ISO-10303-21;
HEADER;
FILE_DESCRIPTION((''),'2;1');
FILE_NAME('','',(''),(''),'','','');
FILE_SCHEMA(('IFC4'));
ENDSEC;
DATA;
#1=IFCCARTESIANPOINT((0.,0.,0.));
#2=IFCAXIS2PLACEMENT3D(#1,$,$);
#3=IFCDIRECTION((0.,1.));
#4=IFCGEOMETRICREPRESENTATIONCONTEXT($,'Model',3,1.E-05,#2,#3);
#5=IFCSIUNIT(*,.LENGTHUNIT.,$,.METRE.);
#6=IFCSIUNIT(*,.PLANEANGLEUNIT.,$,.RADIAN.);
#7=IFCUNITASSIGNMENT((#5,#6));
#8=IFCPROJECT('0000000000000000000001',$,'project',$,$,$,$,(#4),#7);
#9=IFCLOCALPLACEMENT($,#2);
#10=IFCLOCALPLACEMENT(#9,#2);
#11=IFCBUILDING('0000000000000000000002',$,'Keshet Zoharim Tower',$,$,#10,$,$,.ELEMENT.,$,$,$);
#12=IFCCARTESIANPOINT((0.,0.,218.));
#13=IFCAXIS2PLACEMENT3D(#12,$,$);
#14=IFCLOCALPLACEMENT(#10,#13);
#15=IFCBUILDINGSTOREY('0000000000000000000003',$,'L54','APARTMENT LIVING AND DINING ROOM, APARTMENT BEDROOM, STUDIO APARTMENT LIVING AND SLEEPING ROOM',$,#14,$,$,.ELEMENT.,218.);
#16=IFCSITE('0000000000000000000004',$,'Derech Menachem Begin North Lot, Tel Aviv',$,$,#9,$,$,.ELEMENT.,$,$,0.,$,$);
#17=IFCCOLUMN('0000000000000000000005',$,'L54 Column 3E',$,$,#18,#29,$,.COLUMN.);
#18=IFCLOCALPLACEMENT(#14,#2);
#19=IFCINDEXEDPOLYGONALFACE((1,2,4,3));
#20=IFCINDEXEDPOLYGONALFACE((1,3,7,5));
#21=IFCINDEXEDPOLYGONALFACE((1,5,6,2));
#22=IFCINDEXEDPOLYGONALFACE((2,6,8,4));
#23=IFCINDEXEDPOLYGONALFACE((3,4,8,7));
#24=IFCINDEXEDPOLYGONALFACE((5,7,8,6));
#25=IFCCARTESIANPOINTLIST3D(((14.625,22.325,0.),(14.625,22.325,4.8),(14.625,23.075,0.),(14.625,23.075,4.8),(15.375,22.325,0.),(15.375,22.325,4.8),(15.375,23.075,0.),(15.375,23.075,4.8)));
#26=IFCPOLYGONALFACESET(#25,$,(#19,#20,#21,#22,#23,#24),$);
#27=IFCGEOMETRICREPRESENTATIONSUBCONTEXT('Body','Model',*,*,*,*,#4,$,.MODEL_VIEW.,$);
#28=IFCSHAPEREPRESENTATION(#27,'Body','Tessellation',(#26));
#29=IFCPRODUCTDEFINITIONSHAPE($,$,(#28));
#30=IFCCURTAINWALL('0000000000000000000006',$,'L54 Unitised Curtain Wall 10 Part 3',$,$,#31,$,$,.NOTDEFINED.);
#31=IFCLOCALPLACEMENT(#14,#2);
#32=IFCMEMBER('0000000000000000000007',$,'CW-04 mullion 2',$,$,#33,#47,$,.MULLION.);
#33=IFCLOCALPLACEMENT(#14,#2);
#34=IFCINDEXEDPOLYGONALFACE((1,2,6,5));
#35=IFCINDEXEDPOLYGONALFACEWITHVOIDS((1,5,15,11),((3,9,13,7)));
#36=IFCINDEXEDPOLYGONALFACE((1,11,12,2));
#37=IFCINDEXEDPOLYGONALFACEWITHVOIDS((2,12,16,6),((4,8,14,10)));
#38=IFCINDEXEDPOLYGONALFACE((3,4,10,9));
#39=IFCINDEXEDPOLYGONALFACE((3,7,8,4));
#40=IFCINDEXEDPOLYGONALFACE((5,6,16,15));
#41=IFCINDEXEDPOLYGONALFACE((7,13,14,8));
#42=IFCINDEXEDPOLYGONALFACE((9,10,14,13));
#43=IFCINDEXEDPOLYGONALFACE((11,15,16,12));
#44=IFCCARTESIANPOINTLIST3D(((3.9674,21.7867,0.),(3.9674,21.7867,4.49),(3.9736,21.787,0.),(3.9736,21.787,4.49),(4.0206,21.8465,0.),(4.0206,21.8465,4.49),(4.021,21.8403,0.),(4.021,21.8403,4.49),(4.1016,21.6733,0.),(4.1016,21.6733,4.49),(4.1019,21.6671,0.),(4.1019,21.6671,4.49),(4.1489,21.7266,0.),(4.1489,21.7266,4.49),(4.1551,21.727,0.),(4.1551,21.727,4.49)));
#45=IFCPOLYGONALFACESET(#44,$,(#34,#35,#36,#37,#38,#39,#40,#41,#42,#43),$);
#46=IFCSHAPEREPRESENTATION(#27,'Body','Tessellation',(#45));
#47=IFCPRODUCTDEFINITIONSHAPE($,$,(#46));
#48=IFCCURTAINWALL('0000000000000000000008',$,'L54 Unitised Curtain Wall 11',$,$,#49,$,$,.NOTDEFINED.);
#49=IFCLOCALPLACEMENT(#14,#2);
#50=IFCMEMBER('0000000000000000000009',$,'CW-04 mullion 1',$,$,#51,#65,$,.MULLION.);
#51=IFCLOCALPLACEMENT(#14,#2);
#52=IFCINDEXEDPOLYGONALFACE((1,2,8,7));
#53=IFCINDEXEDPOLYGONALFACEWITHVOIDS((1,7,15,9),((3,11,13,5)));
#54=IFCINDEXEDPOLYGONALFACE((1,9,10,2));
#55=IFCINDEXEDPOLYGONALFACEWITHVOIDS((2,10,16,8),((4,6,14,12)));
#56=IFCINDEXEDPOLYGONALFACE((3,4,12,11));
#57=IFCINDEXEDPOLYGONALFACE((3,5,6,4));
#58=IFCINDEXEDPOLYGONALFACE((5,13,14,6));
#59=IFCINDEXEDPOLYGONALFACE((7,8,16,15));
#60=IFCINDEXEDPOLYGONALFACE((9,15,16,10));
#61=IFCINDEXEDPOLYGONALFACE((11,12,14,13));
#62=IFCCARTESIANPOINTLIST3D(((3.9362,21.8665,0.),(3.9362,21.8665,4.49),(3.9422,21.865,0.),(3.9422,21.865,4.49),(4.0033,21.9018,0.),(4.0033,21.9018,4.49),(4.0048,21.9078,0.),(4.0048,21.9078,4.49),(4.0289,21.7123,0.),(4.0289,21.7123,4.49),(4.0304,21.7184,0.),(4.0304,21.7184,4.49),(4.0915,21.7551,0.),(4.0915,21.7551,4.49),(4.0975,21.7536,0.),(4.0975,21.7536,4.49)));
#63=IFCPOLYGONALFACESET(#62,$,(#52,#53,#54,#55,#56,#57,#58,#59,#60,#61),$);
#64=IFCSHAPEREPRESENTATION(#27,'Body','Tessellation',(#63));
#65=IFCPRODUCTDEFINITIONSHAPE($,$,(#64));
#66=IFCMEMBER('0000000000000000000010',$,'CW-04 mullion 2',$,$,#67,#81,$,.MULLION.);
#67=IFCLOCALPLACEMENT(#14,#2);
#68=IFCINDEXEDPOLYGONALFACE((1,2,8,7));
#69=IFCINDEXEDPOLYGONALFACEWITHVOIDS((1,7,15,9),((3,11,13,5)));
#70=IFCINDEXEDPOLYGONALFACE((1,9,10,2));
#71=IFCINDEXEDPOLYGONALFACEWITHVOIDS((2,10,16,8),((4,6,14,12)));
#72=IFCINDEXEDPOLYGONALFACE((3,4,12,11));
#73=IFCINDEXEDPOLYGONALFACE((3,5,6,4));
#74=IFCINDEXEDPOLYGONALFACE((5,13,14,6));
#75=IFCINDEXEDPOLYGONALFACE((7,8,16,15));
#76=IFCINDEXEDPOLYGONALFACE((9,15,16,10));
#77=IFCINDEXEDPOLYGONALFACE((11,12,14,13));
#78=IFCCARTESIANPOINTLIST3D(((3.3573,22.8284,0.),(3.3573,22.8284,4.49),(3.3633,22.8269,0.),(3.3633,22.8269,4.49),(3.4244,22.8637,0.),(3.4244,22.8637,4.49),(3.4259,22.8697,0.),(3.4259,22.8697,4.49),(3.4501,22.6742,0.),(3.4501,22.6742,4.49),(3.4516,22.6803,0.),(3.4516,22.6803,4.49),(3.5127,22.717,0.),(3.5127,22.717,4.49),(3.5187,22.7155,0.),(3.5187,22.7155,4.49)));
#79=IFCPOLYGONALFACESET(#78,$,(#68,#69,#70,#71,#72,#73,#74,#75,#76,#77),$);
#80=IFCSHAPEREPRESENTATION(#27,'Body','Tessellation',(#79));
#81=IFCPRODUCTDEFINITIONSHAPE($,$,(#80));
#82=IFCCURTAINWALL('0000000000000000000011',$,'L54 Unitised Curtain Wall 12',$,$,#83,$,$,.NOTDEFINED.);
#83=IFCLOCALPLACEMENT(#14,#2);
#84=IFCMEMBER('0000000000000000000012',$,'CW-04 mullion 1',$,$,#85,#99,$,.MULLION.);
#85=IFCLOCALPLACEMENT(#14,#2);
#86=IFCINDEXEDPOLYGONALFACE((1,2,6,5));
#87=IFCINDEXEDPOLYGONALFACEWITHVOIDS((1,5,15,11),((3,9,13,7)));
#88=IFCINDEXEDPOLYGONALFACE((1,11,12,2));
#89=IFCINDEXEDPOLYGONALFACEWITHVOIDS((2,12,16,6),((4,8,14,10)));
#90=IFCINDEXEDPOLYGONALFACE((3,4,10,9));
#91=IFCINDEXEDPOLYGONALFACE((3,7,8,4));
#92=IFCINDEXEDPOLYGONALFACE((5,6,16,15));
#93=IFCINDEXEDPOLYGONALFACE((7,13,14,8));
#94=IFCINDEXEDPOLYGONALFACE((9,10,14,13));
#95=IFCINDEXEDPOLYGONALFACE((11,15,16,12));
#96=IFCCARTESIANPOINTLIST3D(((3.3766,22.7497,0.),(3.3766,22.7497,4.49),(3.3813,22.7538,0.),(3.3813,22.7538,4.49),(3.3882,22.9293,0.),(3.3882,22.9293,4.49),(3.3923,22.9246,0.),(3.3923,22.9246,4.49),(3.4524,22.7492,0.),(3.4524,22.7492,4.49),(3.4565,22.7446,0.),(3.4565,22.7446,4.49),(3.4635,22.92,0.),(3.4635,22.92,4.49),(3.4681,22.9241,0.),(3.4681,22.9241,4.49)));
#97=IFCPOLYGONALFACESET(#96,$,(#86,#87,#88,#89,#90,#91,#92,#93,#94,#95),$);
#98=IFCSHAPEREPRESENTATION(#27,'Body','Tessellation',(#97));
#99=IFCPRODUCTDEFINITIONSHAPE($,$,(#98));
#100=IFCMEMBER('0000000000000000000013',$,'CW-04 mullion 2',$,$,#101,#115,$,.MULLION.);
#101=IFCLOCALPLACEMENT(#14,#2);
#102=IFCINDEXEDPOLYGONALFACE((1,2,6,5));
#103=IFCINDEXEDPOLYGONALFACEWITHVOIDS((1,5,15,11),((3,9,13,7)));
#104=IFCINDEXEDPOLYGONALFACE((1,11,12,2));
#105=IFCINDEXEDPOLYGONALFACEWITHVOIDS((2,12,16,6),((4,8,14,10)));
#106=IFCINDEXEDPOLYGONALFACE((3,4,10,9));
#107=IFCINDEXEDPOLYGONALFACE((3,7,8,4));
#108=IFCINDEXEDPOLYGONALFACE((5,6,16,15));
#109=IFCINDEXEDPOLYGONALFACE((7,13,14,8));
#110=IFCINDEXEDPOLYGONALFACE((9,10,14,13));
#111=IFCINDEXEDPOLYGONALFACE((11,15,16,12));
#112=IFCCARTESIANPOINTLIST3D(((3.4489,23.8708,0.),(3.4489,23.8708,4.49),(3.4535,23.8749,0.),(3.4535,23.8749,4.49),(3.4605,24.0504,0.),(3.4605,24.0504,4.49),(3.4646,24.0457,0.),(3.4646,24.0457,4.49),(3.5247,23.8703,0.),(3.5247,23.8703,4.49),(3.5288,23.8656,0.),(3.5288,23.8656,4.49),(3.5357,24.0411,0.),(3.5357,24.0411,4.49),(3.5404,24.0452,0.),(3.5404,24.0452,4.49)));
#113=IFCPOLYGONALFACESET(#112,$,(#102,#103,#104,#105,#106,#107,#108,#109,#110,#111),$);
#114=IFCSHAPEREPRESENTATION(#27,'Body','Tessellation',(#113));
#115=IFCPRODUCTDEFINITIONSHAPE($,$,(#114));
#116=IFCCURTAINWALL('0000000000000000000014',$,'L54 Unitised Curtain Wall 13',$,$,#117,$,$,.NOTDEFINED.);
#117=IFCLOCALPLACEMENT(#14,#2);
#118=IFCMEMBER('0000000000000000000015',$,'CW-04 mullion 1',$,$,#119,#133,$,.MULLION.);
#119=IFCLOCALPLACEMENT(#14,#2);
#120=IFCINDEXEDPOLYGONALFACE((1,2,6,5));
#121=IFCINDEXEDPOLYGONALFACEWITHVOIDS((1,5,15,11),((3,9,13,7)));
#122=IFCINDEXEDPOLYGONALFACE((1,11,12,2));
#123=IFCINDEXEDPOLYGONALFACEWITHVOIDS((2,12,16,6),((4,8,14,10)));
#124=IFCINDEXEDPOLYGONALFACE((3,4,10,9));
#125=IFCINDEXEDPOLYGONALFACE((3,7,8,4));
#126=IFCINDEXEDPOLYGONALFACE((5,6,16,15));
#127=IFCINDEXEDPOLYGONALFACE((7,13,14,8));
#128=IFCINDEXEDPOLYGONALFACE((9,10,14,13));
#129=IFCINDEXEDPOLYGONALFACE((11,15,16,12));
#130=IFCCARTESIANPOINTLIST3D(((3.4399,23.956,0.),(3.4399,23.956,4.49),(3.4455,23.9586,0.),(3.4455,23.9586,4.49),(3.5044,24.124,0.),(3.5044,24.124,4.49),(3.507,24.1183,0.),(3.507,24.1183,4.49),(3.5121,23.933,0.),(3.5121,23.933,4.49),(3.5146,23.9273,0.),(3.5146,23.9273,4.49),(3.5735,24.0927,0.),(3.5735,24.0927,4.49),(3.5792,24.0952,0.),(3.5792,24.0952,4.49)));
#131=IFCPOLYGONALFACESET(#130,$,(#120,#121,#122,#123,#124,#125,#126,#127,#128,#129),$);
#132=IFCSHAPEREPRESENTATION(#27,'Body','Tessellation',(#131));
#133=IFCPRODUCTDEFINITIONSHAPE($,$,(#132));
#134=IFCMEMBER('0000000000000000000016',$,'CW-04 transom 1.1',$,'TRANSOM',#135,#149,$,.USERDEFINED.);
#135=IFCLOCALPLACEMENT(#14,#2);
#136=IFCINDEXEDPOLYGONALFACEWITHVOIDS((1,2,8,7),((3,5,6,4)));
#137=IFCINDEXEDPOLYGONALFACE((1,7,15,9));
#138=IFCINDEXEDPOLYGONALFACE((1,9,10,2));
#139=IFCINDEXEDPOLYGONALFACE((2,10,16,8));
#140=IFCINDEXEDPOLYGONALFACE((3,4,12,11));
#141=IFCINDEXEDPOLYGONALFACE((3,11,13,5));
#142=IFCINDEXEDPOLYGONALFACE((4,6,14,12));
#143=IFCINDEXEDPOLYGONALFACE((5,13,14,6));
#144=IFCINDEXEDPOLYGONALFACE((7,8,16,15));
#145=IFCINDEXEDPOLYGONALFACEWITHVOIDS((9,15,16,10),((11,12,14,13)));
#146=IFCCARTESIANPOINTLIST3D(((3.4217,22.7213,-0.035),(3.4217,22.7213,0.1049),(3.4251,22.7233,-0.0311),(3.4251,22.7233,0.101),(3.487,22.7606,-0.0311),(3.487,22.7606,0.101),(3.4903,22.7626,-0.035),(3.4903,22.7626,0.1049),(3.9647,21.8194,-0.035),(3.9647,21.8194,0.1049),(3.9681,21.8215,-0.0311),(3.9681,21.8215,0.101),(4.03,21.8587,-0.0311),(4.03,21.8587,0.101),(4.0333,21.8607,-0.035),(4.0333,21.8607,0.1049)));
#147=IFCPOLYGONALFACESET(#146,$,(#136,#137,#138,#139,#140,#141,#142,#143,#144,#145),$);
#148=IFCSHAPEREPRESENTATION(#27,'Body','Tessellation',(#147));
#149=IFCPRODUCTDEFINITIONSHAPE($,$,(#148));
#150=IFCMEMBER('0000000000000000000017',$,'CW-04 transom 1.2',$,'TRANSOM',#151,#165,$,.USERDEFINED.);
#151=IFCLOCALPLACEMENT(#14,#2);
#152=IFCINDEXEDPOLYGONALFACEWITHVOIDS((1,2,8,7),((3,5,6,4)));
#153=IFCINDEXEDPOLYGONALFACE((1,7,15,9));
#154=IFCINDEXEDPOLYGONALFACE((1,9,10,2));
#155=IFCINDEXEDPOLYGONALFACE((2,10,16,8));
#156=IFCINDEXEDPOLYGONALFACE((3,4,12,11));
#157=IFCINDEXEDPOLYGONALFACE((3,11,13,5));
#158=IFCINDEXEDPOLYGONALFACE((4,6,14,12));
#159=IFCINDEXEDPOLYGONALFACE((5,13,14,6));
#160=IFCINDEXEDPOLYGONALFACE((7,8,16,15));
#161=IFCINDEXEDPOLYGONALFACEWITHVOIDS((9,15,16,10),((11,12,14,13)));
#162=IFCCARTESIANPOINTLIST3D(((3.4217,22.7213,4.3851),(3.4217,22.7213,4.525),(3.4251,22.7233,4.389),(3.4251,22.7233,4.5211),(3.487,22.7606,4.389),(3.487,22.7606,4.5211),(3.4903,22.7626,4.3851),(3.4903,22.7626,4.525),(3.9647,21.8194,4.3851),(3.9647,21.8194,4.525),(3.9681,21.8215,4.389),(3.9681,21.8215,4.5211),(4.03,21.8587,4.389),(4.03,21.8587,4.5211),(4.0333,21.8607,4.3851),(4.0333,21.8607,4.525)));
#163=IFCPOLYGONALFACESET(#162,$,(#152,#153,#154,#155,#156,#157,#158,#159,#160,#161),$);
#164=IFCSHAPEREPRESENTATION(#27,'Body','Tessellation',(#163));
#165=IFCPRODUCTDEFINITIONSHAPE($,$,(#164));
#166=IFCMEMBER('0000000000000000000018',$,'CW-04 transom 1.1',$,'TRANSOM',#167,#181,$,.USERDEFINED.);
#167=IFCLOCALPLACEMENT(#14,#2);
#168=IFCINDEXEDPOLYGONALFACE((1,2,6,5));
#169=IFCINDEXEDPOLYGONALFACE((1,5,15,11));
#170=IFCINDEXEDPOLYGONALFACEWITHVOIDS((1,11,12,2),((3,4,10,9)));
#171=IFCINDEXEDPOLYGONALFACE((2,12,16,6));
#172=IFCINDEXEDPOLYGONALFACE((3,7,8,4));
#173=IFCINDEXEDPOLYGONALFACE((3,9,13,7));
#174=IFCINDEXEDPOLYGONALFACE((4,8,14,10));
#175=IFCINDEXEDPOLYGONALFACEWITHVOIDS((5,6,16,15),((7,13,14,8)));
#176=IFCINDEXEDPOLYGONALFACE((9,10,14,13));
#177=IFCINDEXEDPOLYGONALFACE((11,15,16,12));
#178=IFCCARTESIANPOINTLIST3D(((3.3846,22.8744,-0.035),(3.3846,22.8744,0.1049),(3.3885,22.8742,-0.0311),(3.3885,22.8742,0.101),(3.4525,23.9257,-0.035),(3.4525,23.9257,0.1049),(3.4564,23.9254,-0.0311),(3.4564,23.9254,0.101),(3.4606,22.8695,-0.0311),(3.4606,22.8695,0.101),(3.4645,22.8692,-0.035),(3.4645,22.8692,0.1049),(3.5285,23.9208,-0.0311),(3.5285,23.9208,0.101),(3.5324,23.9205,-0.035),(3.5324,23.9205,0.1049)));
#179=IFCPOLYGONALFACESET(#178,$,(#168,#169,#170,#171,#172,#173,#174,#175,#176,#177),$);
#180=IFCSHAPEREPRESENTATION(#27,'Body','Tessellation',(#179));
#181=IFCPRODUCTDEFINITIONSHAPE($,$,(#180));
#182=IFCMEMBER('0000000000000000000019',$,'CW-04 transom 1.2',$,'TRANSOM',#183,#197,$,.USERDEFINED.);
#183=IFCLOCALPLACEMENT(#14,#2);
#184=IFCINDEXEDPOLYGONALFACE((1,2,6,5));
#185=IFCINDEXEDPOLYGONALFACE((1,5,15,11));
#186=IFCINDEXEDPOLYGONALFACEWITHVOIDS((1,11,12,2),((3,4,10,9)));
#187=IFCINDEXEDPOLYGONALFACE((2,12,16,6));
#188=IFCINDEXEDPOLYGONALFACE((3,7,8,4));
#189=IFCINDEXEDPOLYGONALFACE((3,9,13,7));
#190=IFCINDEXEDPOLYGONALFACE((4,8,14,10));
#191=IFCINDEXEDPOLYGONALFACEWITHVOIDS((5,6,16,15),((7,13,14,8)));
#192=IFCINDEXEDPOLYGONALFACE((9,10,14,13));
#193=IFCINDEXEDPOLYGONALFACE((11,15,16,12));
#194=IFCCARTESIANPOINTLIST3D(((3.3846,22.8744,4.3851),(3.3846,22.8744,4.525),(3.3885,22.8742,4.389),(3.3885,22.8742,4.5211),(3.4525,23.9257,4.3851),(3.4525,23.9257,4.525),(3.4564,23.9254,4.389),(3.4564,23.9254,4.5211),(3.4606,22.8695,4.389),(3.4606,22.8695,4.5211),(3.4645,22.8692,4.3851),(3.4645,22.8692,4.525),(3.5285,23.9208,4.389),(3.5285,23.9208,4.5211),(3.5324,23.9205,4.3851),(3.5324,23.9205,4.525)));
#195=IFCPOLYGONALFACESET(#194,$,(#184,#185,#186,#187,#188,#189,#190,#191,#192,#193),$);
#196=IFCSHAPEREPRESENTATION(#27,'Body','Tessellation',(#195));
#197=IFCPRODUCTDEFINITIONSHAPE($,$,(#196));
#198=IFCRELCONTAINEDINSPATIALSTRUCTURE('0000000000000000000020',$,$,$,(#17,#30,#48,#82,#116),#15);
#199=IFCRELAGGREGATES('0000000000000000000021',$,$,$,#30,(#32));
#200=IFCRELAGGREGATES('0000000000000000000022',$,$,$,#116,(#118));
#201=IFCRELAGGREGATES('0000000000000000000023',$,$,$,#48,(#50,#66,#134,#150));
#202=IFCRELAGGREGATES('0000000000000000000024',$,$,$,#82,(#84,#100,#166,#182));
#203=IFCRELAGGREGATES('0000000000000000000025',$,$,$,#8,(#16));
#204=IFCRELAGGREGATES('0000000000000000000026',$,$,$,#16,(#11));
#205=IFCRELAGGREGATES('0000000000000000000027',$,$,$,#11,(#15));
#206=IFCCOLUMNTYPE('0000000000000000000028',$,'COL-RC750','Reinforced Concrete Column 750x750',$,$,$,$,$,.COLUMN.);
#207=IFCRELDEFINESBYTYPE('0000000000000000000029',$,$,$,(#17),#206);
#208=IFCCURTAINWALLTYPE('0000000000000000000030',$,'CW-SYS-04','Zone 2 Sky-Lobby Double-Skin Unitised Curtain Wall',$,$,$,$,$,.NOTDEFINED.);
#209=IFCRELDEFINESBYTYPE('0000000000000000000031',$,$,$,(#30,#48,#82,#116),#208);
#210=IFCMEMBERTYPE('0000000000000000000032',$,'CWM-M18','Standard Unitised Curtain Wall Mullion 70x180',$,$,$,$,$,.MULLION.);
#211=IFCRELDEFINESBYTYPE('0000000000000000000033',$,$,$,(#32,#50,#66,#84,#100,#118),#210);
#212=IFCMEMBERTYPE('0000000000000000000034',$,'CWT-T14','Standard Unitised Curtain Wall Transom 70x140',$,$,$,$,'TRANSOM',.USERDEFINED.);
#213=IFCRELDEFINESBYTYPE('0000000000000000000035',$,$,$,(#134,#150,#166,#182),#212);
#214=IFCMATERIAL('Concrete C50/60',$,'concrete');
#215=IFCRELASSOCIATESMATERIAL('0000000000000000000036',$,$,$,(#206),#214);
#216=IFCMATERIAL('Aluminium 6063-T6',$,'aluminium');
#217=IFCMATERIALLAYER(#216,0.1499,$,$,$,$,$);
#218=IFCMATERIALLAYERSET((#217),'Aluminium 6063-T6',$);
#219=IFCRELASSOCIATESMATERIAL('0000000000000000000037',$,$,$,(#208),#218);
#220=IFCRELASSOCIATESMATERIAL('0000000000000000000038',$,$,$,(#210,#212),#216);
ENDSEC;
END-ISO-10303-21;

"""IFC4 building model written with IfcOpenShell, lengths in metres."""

from ifc_helpers import new_model, si_unit, direction, frame, origin, origin_2d, place, context, subcontext, project, spatial, rectangle, hollow_rectangle, extrude, material, layer, layer_set, material_profile, profile_set, type_object, element, aggregate, save


model = new_model("IFC4")

# Units and contexts
model_context = context("Model", 3, precision=1e-05, world=origin(), true_north=direction((0.0, 1.0)))
body_context = subcontext(model_context, "Body", "Model", "MODEL_VIEW")
ifc_project = project(units=[si_unit("LENGTHUNIT", "METRE"), si_unit("PLANEANGLEUNIT", "RADIAN")], contexts=[model_context])

# Site, building, storey
site_placement = place(None, origin())
site = spatial("IfcSite", under=ifc_project, at=site_placement, Name="Derech Menachem Begin North Lot, Tel Aviv", CompositionType="ELEMENT", RefElevation=0.0)
building_placement = place(site_placement, origin())
building = spatial("IfcBuilding", under=site, at=building_placement, Name="Keshet Zoharim Tower", CompositionType="ELEMENT")
storey_placement = place(building_placement, frame((0.0, 0.0, 218.0)))
storey = spatial("IfcBuildingStorey", under=building, at=storey_placement, Name="L54", Description="APARTMENT LIVING AND DINING ROOM, APARTMENT BEDROOM, STUDIO APARTMENT LIVING AND SLEEPING ROOM", CompositionType="ELEMENT", Elevation=218.0)

# Column
ifc_material_1 = material(Name="Concrete C50/60", Category="concrete")
ifc_material_profile_1 = material_profile(ifc_material_1, rectangle(XDim=0.75, YDim=0.75, at=origin_2d()), Name="RC750x750")
ifc_profile_set_1 = profile_set([ifc_material_profile_1], Name="Concrete C50/60")
column_type = type_object("IfcColumnType", Name="COL-RC750", Description="Reinforced Concrete Column 750x750", PredefinedType="COLUMN", material=ifc_profile_set_1)
column_placement = place(storey_placement, frame((15.0, 22.7, 0.0), z_axis=(0.0, 0.0, 1.0), x_axis=(1.0, 0.0, 0.0)))
element("IfcColumn", 1, at=column_placement, inside=storey, type_object=column_type, Name="L54 Column 3E", PredefinedType="COLUMN", context=body_context, shape_type="SweptSolid", body=[
    extrude(rectangle(XDim=0.75, YDim=0.75, at=origin_2d()), origin(), (0.0, 0.0, 1.0), 4.8),
])

# Curtain wall, member
ifc_material_2 = material(Name="Aluminium 6063-T6", Category="aluminium")
ifc_layer_1 = layer(ifc_material_2, 0.1499)
ifc_layer_set_1 = layer_set([ifc_layer_1], Name="Aluminium 6063-T6")
curtain_wall_type = type_object("IfcCurtainWallType", Name="CW-SYS-04", Description="Zone 2 Sky-Lobby Double-Skin Unitised Curtain Wall", PredefinedType="NOTDEFINED", material=ifc_layer_set_1)
curtain_wall_1_placement = place(storey_placement, origin())
curtain_wall_1 = element("IfcCurtainWall", 2, at=curtain_wall_1_placement, inside=storey, type_object=curtain_wall_type, Name="L54 Unitised Curtain Wall 10 Part 3", PredefinedType="NOTDEFINED")
ifc_material_profile_2 = material_profile(ifc_material_2, hollow_rectangle(XDim=0.0801, YDim=0.1799, WallThickness=0.0044, at=origin_2d()), Name="MUL-80x180")
ifc_profile_set_2 = profile_set([ifc_material_profile_2], Name="Aluminium 6063-T6")
member_type_1 = type_object("IfcMemberType", Name="CWM-M18", Description="Standard Unitised Curtain Wall Mullion 70x180", PredefinedType="MULLION", material=ifc_profile_set_2)
member_1_placement = place(storey_placement, frame((4.0613, 21.7568, 0.0), z_axis=(0.0, 0.0, 1.0), x_axis=(-0.664364, -0.747409, 0.0)))
member_1 = element("IfcMember", 3, at=member_1_placement, type_object=member_type_1, Name="CW-04 mullion 2", PredefinedType="MULLION", context=body_context, shape_type="SweptSolid", body=[
    extrude(hollow_rectangle(XDim=0.0801, YDim=0.1799, WallThickness=0.0044, at=origin_2d()), origin(), (0.0, 0.0, 1.0), 4.49),
])
aggregate(curtain_wall_1, [member_1])

# Curtain walls, members
curtain_wall_2_placement = place(storey_placement, origin())
curtain_wall_2 = element("IfcCurtainWall", 4, at=curtain_wall_2_placement, inside=storey, type_object=curtain_wall_type, Name="L54 Unitised Curtain Wall 11", PredefinedType="NOTDEFINED")
member_2_placement = place(storey_placement, frame((4.0168, 21.8101, 0.0), z_axis=(0.0, 0.0, 1.0), x_axis=(-0.856826, -0.515605, 0.0)))
member_2 = element("IfcMember", 5, at=member_2_placement, type_object=member_type_1, Name="CW-04 mullion 1", PredefinedType="MULLION", context=body_context, shape_type="SweptSolid", body=[
    extrude(hollow_rectangle(XDim=0.0801, YDim=0.1799, WallThickness=0.0044, at=origin_2d()), origin(), (0.0, 0.0, 1.0), 4.49),
])
member_3_placement = place(storey_placement, frame((3.438, 22.772, 0.0), z_axis=(0.0, 0.0, 1.0), x_axis=(-0.856826, -0.515605, 0.0)))
member_3 = element("IfcMember", 6, at=member_3_placement, type_object=member_type_1, Name="CW-04 mullion 2", PredefinedType="MULLION", context=body_context, shape_type="SweptSolid", body=[
    extrude(hollow_rectangle(XDim=0.0801, YDim=0.1799, WallThickness=0.0044, at=origin_2d()), origin(), (0.0, 0.0, 1.0), 4.49),
])
curtain_wall_3_placement = place(storey_placement, origin())
curtain_wall_3 = element("IfcCurtainWall", 7, at=curtain_wall_3_placement, inside=storey, type_object=curtain_wall_type, Name="L54 Unitised Curtain Wall 12", PredefinedType="NOTDEFINED")
member_4_placement = place(storey_placement, frame((3.4224, 22.8369, 0.0), z_axis=(0.0, 0.0, 1.0), x_axis=(-0.997917, 0.064517, 0.0)))
member_4 = element("IfcMember", 8, at=member_4_placement, type_object=member_type_1, Name="CW-04 mullion 1", PredefinedType="MULLION", context=body_context, shape_type="SweptSolid", body=[
    extrude(hollow_rectangle(XDim=0.0801, YDim=0.1799, WallThickness=0.0044, at=origin_2d()), origin(), (0.0, 0.0, 1.0), 4.49),
])
member_5_placement = place(storey_placement, frame((3.4946, 23.958, 0.0), z_axis=(0.0, 0.0, 1.0), x_axis=(-0.997917, 0.064517, 0.0)))
member_5 = element("IfcMember", 9, at=member_5_placement, type_object=member_type_1, Name="CW-04 mullion 2", PredefinedType="MULLION", context=body_context, shape_type="SweptSolid", body=[
    extrude(hollow_rectangle(XDim=0.0801, YDim=0.1799, WallThickness=0.0044, at=origin_2d()), origin(), (0.0, 0.0, 1.0), 4.49),
])

# Curtain wall, member
curtain_wall_4_placement = place(storey_placement, origin())
curtain_wall_4 = element("IfcCurtainWall", 10, at=curtain_wall_4_placement, inside=storey, type_object=curtain_wall_type, Name="L54 Unitised Curtain Wall 13", PredefinedType="NOTDEFINED")
member_6_placement = place(storey_placement, frame((3.5095, 24.0256, 0.0), z_axis=(0.0, 0.0, 1.0), x_axis=(-0.933341, 0.35899, 0.0)))
member_6 = element("IfcMember", 11, at=member_6_placement, type_object=member_type_1, Name="CW-04 mullion 1", PredefinedType="MULLION", context=body_context, shape_type="SweptSolid", body=[
    extrude(hollow_rectangle(XDim=0.0801, YDim=0.1799, WallThickness=0.0044, at=origin_2d()), origin(), (0.0, 0.0, 1.0), 4.49),
])

# Members
ifc_material_profile_3 = material_profile(ifc_material_2, hollow_rectangle(XDim=0.0801, YDim=0.1399, WallThickness=0.0039, at=origin_2d()), Name="TRN-80x140")
ifc_profile_set_3 = profile_set([ifc_material_profile_3], Name="Aluminium 6063-T6")
member_type_2 = type_object("IfcMemberType", Name="CWT-T14", Description="Standard Unitised Curtain Wall Transom 70x140", ElementType="TRANSOM", PredefinedType="USERDEFINED", material=ifc_profile_set_3)
member_7_placement = place(storey_placement, frame((3.999, 21.8401, 0.0349), z_axis=(-0.515791, 0.856714, 0.0), x_axis=(-0.856714, -0.515791, 0.0)))
member_7 = element("IfcMember", 12, at=member_7_placement, type_object=member_type_2, Name="CW-04 transom 1.1", ObjectType="TRANSOM", PredefinedType="USERDEFINED", context=body_context, shape_type="SweptSolid", body=[
    extrude(hollow_rectangle(XDim=0.0801, YDim=0.1399, WallThickness=0.0039, at=origin_2d()), origin(), (0.0, 0.0, 1.0), 1.0527),
])
member_8_placement = place(storey_placement, frame((3.999, 21.8401, 4.4551), z_axis=(-0.515791, 0.856714, 0.0), x_axis=(-0.856714, -0.515791, 0.0)))
member_8 = element("IfcMember", 13, at=member_8_placement, type_object=member_type_2, Name="CW-04 transom 1.2", ObjectType="TRANSOM", PredefinedType="USERDEFINED", context=body_context, shape_type="SweptSolid", body=[
    extrude(hollow_rectangle(XDim=0.0801, YDim=0.1399, WallThickness=0.0039, at=origin_2d()), origin(), (0.0, 0.0, 1.0), 1.0527),
])
member_9_placement = place(storey_placement, frame((3.4246, 22.8718, 0.0349), z_axis=(0.064427, 0.997922, 0.0), x_axis=(-0.997922, 0.064427, 0.0)))
member_9 = element("IfcMember", 14, at=member_9_placement, type_object=member_type_2, Name="CW-04 transom 1.1", ObjectType="TRANSOM", PredefinedType="USERDEFINED", context=body_context, shape_type="SweptSolid", body=[
    extrude(hollow_rectangle(XDim=0.0801, YDim=0.1399, WallThickness=0.0039, at=origin_2d()), origin(), (0.0, 0.0, 1.0), 1.0535),
])
member_10_placement = place(storey_placement, frame((3.4246, 22.8718, 4.4551), z_axis=(0.064427, 0.997922, 0.0), x_axis=(-0.997922, 0.064427, 0.0)))
member_10 = element("IfcMember", 15, at=member_10_placement, type_object=member_type_2, Name="CW-04 transom 1.2", ObjectType="TRANSOM", PredefinedType="USERDEFINED", context=body_context, shape_type="SweptSolid", body=[
    extrude(hollow_rectangle(XDim=0.0801, YDim=0.1399, WallThickness=0.0039, at=origin_2d()), origin(), (0.0, 0.0, 1.0), 1.0535),
])
aggregate(curtain_wall_4, [member_6])

aggregate(curtain_wall_2, [member_2, member_3, member_7, member_8])
aggregate(curtain_wall_3, [member_4, member_5, member_9, member_10])

save(model, "model.ifc")
